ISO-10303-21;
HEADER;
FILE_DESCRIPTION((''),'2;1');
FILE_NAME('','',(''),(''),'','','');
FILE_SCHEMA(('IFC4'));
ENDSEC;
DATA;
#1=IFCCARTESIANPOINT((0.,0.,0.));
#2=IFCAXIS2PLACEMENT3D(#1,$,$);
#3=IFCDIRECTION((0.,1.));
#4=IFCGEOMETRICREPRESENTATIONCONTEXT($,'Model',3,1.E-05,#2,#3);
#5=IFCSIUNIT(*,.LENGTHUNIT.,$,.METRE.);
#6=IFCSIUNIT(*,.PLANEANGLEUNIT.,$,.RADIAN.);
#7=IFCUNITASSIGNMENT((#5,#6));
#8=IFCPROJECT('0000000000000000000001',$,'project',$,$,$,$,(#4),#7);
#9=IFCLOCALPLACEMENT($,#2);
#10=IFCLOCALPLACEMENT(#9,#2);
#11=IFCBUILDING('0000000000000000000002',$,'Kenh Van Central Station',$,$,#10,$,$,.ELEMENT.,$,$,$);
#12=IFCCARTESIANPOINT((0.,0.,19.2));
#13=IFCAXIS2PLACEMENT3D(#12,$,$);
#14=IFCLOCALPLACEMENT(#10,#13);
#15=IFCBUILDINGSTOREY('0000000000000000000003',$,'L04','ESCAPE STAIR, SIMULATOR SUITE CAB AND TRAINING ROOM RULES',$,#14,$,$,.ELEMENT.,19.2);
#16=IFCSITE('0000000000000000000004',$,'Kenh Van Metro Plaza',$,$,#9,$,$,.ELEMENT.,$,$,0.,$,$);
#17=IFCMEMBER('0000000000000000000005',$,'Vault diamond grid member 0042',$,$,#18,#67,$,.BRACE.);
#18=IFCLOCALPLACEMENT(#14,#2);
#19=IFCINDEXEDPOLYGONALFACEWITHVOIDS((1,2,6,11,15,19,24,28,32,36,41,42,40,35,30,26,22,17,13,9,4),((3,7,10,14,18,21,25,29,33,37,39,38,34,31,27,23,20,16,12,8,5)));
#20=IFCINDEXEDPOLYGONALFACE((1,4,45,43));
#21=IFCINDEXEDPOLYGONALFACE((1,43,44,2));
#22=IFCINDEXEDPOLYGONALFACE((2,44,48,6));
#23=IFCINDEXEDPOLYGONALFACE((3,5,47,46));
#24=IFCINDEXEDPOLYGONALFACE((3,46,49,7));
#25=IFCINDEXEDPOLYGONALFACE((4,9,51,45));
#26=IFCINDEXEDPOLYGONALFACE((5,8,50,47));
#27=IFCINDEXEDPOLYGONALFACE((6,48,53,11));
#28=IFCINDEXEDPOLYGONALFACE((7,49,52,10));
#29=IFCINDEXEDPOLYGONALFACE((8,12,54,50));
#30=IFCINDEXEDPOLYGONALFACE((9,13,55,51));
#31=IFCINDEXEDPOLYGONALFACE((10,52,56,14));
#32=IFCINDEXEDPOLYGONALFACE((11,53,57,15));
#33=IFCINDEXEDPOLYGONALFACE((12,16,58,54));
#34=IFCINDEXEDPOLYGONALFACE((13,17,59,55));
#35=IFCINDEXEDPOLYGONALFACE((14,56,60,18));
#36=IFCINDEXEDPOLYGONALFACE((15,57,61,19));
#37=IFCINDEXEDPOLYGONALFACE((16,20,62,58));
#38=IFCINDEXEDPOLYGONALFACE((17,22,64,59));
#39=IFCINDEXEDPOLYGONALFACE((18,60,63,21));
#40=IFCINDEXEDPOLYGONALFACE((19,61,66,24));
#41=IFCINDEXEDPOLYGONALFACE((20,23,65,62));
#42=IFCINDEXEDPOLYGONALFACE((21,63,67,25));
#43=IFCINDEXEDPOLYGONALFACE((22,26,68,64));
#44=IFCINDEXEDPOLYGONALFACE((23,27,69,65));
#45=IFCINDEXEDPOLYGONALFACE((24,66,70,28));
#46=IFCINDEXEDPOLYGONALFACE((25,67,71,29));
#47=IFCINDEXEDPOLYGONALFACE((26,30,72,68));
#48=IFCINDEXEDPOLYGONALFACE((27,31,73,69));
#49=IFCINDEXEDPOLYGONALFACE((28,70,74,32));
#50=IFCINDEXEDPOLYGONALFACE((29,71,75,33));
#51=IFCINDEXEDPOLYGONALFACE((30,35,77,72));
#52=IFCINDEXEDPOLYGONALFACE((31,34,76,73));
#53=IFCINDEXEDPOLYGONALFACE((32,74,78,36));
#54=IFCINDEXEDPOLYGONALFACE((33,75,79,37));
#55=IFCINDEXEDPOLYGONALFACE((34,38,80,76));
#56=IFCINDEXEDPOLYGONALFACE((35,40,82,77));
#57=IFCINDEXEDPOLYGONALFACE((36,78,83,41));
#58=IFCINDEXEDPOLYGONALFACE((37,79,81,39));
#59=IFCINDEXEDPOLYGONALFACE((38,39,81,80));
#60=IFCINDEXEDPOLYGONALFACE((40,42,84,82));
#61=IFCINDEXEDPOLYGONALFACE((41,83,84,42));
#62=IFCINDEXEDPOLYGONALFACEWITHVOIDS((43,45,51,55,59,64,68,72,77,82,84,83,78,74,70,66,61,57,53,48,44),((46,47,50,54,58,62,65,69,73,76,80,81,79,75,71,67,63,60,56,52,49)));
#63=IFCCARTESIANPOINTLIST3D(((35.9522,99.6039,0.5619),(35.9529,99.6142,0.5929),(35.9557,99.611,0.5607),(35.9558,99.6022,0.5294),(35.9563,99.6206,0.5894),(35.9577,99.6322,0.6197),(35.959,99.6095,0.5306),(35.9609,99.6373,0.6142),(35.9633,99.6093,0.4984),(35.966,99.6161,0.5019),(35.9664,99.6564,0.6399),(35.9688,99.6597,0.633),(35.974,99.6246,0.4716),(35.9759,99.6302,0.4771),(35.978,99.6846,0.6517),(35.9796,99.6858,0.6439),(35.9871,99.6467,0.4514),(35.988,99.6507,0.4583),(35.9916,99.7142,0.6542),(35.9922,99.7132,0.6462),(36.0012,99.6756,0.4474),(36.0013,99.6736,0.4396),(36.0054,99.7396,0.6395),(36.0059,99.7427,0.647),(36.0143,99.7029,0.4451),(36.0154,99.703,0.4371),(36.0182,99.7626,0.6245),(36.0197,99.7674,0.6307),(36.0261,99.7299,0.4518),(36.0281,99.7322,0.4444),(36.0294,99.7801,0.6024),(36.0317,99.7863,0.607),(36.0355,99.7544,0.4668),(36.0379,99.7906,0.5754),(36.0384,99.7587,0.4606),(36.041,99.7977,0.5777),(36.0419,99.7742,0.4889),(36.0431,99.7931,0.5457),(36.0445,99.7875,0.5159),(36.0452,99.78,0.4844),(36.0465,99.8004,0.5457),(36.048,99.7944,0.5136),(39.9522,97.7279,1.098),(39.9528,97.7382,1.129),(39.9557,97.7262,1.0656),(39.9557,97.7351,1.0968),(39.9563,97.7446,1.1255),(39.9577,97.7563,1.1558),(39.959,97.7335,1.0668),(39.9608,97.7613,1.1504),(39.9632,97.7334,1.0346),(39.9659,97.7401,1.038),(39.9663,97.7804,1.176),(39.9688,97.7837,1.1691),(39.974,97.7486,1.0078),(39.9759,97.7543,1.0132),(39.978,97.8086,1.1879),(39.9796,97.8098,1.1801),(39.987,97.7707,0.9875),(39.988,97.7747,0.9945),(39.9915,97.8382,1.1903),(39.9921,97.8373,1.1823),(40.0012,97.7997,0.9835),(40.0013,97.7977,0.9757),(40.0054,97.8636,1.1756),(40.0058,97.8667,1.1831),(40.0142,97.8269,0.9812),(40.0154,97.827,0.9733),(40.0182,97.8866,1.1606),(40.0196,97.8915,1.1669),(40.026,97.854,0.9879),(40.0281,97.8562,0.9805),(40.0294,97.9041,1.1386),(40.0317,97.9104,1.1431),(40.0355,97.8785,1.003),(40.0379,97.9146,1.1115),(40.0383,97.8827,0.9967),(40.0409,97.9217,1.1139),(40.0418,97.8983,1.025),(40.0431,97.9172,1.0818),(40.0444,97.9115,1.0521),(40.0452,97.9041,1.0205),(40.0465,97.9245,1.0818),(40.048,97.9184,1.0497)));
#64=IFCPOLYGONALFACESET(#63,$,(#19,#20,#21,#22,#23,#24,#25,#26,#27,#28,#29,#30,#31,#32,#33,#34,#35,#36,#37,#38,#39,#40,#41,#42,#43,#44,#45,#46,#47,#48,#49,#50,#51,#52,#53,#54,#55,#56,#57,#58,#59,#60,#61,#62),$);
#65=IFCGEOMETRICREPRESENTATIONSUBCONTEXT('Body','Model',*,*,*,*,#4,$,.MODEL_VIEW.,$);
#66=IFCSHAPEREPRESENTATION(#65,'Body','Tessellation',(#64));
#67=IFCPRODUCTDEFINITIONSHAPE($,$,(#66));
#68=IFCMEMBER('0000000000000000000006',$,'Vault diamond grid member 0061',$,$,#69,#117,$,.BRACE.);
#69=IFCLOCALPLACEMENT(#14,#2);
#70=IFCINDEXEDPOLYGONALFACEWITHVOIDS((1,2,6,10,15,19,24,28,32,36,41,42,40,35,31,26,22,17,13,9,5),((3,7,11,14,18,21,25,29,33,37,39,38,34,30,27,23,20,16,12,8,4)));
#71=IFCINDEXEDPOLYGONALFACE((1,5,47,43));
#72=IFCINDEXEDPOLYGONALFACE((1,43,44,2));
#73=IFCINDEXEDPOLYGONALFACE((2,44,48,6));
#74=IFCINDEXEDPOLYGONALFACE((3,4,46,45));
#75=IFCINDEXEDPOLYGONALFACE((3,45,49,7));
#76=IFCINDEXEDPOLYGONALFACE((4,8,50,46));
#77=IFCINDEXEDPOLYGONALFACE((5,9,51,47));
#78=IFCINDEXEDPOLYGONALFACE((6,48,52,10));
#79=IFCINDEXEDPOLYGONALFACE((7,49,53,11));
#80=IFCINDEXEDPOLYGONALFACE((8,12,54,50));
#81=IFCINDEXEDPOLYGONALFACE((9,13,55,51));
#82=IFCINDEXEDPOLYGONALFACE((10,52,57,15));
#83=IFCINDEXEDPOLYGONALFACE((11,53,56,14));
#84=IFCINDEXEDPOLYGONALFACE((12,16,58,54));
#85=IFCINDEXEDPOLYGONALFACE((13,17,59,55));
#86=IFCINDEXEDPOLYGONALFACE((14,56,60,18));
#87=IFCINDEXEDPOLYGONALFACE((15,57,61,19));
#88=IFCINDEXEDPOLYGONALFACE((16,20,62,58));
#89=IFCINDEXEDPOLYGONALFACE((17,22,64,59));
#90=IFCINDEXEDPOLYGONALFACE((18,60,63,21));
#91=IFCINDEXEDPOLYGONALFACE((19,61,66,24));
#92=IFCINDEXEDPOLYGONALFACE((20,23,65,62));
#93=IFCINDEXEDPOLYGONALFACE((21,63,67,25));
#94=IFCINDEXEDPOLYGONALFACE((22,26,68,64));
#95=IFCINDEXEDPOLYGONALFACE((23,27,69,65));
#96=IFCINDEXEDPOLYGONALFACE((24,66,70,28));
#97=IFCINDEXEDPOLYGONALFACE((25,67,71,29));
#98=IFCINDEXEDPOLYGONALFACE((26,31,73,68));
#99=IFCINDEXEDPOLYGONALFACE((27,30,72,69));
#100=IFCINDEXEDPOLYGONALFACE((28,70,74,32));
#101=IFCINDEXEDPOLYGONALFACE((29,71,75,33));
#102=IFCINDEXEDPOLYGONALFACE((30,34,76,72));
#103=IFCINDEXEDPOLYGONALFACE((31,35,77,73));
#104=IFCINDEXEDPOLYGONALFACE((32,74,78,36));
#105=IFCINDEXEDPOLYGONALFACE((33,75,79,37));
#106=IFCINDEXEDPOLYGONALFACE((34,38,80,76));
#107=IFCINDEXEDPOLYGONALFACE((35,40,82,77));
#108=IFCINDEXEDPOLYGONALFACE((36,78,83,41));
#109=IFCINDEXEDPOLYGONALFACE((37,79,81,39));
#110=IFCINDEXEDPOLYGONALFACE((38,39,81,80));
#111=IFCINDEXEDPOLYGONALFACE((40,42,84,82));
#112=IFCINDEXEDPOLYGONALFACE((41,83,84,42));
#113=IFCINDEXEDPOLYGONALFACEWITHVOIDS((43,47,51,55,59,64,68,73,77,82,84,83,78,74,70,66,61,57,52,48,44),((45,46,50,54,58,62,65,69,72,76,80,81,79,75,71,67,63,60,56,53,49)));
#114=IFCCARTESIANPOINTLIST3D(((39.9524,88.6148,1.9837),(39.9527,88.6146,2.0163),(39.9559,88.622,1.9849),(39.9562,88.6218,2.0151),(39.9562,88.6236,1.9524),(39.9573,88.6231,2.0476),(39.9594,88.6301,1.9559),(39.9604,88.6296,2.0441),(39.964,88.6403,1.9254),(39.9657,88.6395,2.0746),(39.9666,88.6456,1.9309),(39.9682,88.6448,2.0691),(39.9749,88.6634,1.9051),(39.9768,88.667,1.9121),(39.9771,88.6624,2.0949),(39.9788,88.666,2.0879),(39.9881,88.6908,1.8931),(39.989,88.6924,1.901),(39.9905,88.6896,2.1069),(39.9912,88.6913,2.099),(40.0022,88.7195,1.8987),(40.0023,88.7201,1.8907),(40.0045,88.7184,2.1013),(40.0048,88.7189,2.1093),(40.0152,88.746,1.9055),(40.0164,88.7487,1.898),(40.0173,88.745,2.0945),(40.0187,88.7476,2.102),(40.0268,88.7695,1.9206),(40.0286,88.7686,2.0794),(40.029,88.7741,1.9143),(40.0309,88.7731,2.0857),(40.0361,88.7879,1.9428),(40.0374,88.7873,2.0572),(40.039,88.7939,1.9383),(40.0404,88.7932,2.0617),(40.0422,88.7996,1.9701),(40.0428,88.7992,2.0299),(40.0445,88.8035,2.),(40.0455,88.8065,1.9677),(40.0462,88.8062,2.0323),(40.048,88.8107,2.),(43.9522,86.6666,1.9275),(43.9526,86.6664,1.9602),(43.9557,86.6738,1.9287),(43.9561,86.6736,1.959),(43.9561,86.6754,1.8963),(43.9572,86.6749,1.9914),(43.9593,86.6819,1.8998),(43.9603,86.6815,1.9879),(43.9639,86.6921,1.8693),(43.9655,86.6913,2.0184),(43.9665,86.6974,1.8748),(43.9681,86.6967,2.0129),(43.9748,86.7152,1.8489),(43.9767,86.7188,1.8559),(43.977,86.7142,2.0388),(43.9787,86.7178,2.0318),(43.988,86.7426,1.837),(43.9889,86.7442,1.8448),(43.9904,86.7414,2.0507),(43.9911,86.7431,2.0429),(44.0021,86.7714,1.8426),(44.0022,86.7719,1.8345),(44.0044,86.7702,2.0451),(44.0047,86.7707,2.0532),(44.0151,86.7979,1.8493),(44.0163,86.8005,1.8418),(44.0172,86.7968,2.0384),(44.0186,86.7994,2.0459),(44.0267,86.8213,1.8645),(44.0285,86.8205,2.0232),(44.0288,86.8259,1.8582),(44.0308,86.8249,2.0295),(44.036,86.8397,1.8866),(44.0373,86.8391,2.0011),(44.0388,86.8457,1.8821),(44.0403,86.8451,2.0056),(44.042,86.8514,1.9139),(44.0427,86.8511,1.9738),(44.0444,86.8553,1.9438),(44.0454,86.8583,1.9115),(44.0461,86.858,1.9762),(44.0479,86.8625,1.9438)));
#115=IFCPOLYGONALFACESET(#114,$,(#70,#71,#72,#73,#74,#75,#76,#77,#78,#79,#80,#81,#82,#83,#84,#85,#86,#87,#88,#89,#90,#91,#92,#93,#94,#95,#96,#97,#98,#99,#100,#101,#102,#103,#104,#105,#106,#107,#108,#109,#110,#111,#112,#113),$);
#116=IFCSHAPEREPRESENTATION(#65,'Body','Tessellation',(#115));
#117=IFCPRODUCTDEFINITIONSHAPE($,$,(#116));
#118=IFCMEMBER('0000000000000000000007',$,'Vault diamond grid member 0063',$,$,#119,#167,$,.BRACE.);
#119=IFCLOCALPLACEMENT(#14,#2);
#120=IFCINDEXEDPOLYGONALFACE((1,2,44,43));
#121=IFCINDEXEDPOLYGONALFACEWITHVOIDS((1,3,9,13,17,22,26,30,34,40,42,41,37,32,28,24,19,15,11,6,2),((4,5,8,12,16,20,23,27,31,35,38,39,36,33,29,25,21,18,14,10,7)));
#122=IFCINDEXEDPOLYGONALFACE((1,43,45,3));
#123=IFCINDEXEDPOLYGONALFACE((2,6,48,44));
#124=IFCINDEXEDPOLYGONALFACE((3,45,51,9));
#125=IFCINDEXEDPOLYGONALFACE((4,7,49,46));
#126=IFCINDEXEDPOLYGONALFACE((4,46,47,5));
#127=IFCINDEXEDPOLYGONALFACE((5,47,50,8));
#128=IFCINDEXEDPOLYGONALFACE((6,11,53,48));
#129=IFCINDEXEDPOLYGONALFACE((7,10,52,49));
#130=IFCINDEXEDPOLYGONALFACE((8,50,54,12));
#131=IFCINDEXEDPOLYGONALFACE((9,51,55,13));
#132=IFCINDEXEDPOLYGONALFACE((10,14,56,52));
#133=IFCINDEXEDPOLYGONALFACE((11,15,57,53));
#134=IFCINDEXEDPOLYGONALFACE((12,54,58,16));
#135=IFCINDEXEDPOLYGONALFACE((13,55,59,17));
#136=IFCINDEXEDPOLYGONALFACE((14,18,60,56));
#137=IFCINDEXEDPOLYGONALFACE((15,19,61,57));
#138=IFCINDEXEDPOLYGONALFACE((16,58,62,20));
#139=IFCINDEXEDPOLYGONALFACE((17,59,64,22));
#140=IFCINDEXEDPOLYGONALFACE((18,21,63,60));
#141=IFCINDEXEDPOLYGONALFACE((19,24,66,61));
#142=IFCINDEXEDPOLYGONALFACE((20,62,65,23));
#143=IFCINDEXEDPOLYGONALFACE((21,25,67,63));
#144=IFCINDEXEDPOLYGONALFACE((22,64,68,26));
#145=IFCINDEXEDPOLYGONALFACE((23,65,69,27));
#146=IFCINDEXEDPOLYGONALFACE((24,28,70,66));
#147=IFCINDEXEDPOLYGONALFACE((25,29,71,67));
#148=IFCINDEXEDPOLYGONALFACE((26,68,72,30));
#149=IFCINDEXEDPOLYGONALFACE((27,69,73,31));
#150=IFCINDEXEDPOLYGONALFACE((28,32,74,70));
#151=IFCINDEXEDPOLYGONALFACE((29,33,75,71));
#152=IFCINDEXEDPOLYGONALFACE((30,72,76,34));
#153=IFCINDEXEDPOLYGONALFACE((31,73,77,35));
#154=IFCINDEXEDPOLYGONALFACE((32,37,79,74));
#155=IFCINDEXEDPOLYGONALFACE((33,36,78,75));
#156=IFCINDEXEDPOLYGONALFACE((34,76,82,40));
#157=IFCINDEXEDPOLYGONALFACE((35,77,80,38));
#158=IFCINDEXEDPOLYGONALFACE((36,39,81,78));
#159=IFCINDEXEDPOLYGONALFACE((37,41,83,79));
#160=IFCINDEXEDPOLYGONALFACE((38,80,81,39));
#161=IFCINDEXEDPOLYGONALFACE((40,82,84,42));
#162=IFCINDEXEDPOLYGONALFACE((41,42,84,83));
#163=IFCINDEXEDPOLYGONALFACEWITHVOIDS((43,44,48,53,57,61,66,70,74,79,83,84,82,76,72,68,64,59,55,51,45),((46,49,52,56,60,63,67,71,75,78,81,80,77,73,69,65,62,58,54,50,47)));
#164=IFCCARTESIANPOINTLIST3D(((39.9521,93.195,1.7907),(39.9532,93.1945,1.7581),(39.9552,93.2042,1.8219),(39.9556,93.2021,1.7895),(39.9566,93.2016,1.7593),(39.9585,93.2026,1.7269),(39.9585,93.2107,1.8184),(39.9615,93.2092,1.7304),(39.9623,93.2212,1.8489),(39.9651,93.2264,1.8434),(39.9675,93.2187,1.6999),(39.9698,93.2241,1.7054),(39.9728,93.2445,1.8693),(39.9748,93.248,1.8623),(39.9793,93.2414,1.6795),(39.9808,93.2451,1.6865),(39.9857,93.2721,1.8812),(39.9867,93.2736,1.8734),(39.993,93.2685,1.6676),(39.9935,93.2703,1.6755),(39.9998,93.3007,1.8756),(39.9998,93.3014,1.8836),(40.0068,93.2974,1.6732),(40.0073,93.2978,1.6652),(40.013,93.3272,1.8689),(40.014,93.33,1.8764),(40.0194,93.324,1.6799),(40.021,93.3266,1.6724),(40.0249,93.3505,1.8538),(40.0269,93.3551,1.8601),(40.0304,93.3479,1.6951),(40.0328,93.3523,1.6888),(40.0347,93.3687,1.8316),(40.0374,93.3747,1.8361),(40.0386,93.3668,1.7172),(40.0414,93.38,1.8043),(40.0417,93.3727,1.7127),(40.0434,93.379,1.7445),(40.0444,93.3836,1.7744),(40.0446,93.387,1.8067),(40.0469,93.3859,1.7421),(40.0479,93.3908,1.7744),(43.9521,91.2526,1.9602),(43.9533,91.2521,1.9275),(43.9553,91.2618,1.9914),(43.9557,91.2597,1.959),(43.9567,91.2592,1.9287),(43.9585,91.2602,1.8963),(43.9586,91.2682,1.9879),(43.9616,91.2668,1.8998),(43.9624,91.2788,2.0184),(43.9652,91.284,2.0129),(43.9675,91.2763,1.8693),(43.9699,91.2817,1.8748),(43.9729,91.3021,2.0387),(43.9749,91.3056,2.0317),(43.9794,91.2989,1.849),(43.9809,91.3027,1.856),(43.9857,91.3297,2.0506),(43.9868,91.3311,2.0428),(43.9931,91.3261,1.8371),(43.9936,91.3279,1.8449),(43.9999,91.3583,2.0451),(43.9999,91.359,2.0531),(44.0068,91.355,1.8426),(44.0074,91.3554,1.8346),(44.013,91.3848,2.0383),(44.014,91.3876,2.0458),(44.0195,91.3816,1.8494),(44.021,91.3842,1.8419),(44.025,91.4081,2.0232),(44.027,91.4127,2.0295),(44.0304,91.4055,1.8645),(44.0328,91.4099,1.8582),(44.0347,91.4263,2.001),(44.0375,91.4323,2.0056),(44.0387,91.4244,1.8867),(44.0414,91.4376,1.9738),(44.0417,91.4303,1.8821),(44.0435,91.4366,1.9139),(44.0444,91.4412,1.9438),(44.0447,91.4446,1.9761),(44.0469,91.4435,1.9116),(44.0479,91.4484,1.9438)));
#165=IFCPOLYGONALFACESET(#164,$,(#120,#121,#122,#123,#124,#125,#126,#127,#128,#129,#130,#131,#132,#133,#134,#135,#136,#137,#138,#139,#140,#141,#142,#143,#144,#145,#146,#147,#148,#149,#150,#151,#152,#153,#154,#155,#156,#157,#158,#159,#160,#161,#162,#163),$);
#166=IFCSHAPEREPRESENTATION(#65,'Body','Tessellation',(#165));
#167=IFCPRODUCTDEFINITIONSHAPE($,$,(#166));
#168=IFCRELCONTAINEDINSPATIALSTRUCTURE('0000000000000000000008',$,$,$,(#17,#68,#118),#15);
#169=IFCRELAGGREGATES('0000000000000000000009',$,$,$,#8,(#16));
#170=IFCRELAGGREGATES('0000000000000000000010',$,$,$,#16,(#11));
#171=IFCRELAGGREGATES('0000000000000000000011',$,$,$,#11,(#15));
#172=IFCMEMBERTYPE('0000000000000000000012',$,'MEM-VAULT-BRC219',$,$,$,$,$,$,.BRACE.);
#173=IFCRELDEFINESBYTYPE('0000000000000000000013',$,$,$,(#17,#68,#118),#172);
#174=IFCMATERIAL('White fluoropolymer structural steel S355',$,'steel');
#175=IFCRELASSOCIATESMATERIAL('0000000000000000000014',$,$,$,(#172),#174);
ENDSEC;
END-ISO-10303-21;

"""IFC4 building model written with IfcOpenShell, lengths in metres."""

from ifc_helpers import new_model, si_unit, direction, frame, origin, origin_2d, place, context, subcontext, project, spatial, hollow_circle, extrude, material, material_profile, profile_set, type_object, element, save


model = new_model("IFC4")

# Units and contexts
model_context = context("Model", 3, precision=1e-05, world=origin(), true_north=direction((0.0, 1.0)))
body_context = subcontext(model_context, "Body", "Model", "MODEL_VIEW")
ifc_project = project(units=[si_unit("LENGTHUNIT", "METRE"), si_unit("PLANEANGLEUNIT", "RADIAN")], contexts=[model_context])

# Site, building, storey
site_placement = place(None, origin())
site = spatial("IfcSite", under=ifc_project, at=site_placement, Name="Kenh Van Metro Plaza", CompositionType="ELEMENT", RefElevation=0.0)
building_placement = place(site_placement, origin())
building = spatial("IfcBuilding", under=site, at=building_placement, Name="Kenh Van Central Station", CompositionType="ELEMENT")
storey_placement = place(building_placement, frame((0.0, 0.0, 19.2)))
storey = spatial("IfcBuildingStorey", under=building, at=storey_placement, Name="L04", Description="ESCAPE STAIR, SIMULATOR SUITE CAB AND TRAINING ROOM RULES", CompositionType="ELEMENT", Elevation=19.2)

# Shared definitions
ifc_material_1 = material(Name="White fluoropolymer structural steel S355", Category="steel")

# Members
ifc_material_profile_1 = material_profile(ifc_material_1, hollow_circle(Radius=0.1096, WallThickness=0.0081, at=origin_2d()), Name="CHS 219.1x8")
ifc_profile_set_1 = profile_set([ifc_material_profile_1], Name="White fluoropolymer structural steel S355")
member_type_1 = type_object("IfcMemberType", Name="MEM-VAULT-BRC219", PredefinedType="BRACE", material=ifc_profile_set_1)
member_1_placement = place(storey_placement, frame((36.0, 99.7012, 0.5457), z_axis=(0.89878, -0.421523, 0.120466), x_axis=(0.424615, 0.905374, 0.0)))
element("IfcMember", 1, at=member_1_placement, inside=storey, type_object=member_type_1, Name="Vault diamond grid member 0042", PredefinedType="BRACE", context=body_context, shape_type="SweptSolid", body=[
    extrude(hollow_circle(Radius=0.1096, WallThickness=0.0081, at=origin_2d()), origin(), (0.0, 0.0, 1.0), 4.4504),
])
member_2_placement = place(storey_placement, frame((40.0, 88.7122, 2.0), z_axis=(0.89896, -0.437848, -0.01262), x_axis=(0.437883, 0.899032, 0.0)))
element("IfcMember", 2, at=member_2_placement, inside=storey, type_object=member_type_1, Name="Vault diamond grid member 0061", PredefinedType="BRACE", context=body_context, shape_type="SweptSolid", body=[
    extrude(hollow_circle(Radius=0.1096, WallThickness=0.0081, at=origin_2d()), origin(), (0.0, 0.0, 1.0), 4.4495),
])
member_3_placement = place(storey_placement, frame((40.0, 93.2922, 1.7744), z_axis=(0.898898, -0.436501, 0.038076), x_axis=(0.436818, 0.89955, 0.0)))
element("IfcMember", 3, at=member_3_placement, inside=storey, type_object=member_type_1, Name="Vault diamond grid member 0063", PredefinedType="BRACE", context=body_context, shape_type="SweptSolid", body=[
    extrude(hollow_circle(Radius=0.1096, WallThickness=0.0081, at=origin_2d()), origin(), (0.0, 0.0, 1.0), 4.45),
])

save(model, "model.ifc")
